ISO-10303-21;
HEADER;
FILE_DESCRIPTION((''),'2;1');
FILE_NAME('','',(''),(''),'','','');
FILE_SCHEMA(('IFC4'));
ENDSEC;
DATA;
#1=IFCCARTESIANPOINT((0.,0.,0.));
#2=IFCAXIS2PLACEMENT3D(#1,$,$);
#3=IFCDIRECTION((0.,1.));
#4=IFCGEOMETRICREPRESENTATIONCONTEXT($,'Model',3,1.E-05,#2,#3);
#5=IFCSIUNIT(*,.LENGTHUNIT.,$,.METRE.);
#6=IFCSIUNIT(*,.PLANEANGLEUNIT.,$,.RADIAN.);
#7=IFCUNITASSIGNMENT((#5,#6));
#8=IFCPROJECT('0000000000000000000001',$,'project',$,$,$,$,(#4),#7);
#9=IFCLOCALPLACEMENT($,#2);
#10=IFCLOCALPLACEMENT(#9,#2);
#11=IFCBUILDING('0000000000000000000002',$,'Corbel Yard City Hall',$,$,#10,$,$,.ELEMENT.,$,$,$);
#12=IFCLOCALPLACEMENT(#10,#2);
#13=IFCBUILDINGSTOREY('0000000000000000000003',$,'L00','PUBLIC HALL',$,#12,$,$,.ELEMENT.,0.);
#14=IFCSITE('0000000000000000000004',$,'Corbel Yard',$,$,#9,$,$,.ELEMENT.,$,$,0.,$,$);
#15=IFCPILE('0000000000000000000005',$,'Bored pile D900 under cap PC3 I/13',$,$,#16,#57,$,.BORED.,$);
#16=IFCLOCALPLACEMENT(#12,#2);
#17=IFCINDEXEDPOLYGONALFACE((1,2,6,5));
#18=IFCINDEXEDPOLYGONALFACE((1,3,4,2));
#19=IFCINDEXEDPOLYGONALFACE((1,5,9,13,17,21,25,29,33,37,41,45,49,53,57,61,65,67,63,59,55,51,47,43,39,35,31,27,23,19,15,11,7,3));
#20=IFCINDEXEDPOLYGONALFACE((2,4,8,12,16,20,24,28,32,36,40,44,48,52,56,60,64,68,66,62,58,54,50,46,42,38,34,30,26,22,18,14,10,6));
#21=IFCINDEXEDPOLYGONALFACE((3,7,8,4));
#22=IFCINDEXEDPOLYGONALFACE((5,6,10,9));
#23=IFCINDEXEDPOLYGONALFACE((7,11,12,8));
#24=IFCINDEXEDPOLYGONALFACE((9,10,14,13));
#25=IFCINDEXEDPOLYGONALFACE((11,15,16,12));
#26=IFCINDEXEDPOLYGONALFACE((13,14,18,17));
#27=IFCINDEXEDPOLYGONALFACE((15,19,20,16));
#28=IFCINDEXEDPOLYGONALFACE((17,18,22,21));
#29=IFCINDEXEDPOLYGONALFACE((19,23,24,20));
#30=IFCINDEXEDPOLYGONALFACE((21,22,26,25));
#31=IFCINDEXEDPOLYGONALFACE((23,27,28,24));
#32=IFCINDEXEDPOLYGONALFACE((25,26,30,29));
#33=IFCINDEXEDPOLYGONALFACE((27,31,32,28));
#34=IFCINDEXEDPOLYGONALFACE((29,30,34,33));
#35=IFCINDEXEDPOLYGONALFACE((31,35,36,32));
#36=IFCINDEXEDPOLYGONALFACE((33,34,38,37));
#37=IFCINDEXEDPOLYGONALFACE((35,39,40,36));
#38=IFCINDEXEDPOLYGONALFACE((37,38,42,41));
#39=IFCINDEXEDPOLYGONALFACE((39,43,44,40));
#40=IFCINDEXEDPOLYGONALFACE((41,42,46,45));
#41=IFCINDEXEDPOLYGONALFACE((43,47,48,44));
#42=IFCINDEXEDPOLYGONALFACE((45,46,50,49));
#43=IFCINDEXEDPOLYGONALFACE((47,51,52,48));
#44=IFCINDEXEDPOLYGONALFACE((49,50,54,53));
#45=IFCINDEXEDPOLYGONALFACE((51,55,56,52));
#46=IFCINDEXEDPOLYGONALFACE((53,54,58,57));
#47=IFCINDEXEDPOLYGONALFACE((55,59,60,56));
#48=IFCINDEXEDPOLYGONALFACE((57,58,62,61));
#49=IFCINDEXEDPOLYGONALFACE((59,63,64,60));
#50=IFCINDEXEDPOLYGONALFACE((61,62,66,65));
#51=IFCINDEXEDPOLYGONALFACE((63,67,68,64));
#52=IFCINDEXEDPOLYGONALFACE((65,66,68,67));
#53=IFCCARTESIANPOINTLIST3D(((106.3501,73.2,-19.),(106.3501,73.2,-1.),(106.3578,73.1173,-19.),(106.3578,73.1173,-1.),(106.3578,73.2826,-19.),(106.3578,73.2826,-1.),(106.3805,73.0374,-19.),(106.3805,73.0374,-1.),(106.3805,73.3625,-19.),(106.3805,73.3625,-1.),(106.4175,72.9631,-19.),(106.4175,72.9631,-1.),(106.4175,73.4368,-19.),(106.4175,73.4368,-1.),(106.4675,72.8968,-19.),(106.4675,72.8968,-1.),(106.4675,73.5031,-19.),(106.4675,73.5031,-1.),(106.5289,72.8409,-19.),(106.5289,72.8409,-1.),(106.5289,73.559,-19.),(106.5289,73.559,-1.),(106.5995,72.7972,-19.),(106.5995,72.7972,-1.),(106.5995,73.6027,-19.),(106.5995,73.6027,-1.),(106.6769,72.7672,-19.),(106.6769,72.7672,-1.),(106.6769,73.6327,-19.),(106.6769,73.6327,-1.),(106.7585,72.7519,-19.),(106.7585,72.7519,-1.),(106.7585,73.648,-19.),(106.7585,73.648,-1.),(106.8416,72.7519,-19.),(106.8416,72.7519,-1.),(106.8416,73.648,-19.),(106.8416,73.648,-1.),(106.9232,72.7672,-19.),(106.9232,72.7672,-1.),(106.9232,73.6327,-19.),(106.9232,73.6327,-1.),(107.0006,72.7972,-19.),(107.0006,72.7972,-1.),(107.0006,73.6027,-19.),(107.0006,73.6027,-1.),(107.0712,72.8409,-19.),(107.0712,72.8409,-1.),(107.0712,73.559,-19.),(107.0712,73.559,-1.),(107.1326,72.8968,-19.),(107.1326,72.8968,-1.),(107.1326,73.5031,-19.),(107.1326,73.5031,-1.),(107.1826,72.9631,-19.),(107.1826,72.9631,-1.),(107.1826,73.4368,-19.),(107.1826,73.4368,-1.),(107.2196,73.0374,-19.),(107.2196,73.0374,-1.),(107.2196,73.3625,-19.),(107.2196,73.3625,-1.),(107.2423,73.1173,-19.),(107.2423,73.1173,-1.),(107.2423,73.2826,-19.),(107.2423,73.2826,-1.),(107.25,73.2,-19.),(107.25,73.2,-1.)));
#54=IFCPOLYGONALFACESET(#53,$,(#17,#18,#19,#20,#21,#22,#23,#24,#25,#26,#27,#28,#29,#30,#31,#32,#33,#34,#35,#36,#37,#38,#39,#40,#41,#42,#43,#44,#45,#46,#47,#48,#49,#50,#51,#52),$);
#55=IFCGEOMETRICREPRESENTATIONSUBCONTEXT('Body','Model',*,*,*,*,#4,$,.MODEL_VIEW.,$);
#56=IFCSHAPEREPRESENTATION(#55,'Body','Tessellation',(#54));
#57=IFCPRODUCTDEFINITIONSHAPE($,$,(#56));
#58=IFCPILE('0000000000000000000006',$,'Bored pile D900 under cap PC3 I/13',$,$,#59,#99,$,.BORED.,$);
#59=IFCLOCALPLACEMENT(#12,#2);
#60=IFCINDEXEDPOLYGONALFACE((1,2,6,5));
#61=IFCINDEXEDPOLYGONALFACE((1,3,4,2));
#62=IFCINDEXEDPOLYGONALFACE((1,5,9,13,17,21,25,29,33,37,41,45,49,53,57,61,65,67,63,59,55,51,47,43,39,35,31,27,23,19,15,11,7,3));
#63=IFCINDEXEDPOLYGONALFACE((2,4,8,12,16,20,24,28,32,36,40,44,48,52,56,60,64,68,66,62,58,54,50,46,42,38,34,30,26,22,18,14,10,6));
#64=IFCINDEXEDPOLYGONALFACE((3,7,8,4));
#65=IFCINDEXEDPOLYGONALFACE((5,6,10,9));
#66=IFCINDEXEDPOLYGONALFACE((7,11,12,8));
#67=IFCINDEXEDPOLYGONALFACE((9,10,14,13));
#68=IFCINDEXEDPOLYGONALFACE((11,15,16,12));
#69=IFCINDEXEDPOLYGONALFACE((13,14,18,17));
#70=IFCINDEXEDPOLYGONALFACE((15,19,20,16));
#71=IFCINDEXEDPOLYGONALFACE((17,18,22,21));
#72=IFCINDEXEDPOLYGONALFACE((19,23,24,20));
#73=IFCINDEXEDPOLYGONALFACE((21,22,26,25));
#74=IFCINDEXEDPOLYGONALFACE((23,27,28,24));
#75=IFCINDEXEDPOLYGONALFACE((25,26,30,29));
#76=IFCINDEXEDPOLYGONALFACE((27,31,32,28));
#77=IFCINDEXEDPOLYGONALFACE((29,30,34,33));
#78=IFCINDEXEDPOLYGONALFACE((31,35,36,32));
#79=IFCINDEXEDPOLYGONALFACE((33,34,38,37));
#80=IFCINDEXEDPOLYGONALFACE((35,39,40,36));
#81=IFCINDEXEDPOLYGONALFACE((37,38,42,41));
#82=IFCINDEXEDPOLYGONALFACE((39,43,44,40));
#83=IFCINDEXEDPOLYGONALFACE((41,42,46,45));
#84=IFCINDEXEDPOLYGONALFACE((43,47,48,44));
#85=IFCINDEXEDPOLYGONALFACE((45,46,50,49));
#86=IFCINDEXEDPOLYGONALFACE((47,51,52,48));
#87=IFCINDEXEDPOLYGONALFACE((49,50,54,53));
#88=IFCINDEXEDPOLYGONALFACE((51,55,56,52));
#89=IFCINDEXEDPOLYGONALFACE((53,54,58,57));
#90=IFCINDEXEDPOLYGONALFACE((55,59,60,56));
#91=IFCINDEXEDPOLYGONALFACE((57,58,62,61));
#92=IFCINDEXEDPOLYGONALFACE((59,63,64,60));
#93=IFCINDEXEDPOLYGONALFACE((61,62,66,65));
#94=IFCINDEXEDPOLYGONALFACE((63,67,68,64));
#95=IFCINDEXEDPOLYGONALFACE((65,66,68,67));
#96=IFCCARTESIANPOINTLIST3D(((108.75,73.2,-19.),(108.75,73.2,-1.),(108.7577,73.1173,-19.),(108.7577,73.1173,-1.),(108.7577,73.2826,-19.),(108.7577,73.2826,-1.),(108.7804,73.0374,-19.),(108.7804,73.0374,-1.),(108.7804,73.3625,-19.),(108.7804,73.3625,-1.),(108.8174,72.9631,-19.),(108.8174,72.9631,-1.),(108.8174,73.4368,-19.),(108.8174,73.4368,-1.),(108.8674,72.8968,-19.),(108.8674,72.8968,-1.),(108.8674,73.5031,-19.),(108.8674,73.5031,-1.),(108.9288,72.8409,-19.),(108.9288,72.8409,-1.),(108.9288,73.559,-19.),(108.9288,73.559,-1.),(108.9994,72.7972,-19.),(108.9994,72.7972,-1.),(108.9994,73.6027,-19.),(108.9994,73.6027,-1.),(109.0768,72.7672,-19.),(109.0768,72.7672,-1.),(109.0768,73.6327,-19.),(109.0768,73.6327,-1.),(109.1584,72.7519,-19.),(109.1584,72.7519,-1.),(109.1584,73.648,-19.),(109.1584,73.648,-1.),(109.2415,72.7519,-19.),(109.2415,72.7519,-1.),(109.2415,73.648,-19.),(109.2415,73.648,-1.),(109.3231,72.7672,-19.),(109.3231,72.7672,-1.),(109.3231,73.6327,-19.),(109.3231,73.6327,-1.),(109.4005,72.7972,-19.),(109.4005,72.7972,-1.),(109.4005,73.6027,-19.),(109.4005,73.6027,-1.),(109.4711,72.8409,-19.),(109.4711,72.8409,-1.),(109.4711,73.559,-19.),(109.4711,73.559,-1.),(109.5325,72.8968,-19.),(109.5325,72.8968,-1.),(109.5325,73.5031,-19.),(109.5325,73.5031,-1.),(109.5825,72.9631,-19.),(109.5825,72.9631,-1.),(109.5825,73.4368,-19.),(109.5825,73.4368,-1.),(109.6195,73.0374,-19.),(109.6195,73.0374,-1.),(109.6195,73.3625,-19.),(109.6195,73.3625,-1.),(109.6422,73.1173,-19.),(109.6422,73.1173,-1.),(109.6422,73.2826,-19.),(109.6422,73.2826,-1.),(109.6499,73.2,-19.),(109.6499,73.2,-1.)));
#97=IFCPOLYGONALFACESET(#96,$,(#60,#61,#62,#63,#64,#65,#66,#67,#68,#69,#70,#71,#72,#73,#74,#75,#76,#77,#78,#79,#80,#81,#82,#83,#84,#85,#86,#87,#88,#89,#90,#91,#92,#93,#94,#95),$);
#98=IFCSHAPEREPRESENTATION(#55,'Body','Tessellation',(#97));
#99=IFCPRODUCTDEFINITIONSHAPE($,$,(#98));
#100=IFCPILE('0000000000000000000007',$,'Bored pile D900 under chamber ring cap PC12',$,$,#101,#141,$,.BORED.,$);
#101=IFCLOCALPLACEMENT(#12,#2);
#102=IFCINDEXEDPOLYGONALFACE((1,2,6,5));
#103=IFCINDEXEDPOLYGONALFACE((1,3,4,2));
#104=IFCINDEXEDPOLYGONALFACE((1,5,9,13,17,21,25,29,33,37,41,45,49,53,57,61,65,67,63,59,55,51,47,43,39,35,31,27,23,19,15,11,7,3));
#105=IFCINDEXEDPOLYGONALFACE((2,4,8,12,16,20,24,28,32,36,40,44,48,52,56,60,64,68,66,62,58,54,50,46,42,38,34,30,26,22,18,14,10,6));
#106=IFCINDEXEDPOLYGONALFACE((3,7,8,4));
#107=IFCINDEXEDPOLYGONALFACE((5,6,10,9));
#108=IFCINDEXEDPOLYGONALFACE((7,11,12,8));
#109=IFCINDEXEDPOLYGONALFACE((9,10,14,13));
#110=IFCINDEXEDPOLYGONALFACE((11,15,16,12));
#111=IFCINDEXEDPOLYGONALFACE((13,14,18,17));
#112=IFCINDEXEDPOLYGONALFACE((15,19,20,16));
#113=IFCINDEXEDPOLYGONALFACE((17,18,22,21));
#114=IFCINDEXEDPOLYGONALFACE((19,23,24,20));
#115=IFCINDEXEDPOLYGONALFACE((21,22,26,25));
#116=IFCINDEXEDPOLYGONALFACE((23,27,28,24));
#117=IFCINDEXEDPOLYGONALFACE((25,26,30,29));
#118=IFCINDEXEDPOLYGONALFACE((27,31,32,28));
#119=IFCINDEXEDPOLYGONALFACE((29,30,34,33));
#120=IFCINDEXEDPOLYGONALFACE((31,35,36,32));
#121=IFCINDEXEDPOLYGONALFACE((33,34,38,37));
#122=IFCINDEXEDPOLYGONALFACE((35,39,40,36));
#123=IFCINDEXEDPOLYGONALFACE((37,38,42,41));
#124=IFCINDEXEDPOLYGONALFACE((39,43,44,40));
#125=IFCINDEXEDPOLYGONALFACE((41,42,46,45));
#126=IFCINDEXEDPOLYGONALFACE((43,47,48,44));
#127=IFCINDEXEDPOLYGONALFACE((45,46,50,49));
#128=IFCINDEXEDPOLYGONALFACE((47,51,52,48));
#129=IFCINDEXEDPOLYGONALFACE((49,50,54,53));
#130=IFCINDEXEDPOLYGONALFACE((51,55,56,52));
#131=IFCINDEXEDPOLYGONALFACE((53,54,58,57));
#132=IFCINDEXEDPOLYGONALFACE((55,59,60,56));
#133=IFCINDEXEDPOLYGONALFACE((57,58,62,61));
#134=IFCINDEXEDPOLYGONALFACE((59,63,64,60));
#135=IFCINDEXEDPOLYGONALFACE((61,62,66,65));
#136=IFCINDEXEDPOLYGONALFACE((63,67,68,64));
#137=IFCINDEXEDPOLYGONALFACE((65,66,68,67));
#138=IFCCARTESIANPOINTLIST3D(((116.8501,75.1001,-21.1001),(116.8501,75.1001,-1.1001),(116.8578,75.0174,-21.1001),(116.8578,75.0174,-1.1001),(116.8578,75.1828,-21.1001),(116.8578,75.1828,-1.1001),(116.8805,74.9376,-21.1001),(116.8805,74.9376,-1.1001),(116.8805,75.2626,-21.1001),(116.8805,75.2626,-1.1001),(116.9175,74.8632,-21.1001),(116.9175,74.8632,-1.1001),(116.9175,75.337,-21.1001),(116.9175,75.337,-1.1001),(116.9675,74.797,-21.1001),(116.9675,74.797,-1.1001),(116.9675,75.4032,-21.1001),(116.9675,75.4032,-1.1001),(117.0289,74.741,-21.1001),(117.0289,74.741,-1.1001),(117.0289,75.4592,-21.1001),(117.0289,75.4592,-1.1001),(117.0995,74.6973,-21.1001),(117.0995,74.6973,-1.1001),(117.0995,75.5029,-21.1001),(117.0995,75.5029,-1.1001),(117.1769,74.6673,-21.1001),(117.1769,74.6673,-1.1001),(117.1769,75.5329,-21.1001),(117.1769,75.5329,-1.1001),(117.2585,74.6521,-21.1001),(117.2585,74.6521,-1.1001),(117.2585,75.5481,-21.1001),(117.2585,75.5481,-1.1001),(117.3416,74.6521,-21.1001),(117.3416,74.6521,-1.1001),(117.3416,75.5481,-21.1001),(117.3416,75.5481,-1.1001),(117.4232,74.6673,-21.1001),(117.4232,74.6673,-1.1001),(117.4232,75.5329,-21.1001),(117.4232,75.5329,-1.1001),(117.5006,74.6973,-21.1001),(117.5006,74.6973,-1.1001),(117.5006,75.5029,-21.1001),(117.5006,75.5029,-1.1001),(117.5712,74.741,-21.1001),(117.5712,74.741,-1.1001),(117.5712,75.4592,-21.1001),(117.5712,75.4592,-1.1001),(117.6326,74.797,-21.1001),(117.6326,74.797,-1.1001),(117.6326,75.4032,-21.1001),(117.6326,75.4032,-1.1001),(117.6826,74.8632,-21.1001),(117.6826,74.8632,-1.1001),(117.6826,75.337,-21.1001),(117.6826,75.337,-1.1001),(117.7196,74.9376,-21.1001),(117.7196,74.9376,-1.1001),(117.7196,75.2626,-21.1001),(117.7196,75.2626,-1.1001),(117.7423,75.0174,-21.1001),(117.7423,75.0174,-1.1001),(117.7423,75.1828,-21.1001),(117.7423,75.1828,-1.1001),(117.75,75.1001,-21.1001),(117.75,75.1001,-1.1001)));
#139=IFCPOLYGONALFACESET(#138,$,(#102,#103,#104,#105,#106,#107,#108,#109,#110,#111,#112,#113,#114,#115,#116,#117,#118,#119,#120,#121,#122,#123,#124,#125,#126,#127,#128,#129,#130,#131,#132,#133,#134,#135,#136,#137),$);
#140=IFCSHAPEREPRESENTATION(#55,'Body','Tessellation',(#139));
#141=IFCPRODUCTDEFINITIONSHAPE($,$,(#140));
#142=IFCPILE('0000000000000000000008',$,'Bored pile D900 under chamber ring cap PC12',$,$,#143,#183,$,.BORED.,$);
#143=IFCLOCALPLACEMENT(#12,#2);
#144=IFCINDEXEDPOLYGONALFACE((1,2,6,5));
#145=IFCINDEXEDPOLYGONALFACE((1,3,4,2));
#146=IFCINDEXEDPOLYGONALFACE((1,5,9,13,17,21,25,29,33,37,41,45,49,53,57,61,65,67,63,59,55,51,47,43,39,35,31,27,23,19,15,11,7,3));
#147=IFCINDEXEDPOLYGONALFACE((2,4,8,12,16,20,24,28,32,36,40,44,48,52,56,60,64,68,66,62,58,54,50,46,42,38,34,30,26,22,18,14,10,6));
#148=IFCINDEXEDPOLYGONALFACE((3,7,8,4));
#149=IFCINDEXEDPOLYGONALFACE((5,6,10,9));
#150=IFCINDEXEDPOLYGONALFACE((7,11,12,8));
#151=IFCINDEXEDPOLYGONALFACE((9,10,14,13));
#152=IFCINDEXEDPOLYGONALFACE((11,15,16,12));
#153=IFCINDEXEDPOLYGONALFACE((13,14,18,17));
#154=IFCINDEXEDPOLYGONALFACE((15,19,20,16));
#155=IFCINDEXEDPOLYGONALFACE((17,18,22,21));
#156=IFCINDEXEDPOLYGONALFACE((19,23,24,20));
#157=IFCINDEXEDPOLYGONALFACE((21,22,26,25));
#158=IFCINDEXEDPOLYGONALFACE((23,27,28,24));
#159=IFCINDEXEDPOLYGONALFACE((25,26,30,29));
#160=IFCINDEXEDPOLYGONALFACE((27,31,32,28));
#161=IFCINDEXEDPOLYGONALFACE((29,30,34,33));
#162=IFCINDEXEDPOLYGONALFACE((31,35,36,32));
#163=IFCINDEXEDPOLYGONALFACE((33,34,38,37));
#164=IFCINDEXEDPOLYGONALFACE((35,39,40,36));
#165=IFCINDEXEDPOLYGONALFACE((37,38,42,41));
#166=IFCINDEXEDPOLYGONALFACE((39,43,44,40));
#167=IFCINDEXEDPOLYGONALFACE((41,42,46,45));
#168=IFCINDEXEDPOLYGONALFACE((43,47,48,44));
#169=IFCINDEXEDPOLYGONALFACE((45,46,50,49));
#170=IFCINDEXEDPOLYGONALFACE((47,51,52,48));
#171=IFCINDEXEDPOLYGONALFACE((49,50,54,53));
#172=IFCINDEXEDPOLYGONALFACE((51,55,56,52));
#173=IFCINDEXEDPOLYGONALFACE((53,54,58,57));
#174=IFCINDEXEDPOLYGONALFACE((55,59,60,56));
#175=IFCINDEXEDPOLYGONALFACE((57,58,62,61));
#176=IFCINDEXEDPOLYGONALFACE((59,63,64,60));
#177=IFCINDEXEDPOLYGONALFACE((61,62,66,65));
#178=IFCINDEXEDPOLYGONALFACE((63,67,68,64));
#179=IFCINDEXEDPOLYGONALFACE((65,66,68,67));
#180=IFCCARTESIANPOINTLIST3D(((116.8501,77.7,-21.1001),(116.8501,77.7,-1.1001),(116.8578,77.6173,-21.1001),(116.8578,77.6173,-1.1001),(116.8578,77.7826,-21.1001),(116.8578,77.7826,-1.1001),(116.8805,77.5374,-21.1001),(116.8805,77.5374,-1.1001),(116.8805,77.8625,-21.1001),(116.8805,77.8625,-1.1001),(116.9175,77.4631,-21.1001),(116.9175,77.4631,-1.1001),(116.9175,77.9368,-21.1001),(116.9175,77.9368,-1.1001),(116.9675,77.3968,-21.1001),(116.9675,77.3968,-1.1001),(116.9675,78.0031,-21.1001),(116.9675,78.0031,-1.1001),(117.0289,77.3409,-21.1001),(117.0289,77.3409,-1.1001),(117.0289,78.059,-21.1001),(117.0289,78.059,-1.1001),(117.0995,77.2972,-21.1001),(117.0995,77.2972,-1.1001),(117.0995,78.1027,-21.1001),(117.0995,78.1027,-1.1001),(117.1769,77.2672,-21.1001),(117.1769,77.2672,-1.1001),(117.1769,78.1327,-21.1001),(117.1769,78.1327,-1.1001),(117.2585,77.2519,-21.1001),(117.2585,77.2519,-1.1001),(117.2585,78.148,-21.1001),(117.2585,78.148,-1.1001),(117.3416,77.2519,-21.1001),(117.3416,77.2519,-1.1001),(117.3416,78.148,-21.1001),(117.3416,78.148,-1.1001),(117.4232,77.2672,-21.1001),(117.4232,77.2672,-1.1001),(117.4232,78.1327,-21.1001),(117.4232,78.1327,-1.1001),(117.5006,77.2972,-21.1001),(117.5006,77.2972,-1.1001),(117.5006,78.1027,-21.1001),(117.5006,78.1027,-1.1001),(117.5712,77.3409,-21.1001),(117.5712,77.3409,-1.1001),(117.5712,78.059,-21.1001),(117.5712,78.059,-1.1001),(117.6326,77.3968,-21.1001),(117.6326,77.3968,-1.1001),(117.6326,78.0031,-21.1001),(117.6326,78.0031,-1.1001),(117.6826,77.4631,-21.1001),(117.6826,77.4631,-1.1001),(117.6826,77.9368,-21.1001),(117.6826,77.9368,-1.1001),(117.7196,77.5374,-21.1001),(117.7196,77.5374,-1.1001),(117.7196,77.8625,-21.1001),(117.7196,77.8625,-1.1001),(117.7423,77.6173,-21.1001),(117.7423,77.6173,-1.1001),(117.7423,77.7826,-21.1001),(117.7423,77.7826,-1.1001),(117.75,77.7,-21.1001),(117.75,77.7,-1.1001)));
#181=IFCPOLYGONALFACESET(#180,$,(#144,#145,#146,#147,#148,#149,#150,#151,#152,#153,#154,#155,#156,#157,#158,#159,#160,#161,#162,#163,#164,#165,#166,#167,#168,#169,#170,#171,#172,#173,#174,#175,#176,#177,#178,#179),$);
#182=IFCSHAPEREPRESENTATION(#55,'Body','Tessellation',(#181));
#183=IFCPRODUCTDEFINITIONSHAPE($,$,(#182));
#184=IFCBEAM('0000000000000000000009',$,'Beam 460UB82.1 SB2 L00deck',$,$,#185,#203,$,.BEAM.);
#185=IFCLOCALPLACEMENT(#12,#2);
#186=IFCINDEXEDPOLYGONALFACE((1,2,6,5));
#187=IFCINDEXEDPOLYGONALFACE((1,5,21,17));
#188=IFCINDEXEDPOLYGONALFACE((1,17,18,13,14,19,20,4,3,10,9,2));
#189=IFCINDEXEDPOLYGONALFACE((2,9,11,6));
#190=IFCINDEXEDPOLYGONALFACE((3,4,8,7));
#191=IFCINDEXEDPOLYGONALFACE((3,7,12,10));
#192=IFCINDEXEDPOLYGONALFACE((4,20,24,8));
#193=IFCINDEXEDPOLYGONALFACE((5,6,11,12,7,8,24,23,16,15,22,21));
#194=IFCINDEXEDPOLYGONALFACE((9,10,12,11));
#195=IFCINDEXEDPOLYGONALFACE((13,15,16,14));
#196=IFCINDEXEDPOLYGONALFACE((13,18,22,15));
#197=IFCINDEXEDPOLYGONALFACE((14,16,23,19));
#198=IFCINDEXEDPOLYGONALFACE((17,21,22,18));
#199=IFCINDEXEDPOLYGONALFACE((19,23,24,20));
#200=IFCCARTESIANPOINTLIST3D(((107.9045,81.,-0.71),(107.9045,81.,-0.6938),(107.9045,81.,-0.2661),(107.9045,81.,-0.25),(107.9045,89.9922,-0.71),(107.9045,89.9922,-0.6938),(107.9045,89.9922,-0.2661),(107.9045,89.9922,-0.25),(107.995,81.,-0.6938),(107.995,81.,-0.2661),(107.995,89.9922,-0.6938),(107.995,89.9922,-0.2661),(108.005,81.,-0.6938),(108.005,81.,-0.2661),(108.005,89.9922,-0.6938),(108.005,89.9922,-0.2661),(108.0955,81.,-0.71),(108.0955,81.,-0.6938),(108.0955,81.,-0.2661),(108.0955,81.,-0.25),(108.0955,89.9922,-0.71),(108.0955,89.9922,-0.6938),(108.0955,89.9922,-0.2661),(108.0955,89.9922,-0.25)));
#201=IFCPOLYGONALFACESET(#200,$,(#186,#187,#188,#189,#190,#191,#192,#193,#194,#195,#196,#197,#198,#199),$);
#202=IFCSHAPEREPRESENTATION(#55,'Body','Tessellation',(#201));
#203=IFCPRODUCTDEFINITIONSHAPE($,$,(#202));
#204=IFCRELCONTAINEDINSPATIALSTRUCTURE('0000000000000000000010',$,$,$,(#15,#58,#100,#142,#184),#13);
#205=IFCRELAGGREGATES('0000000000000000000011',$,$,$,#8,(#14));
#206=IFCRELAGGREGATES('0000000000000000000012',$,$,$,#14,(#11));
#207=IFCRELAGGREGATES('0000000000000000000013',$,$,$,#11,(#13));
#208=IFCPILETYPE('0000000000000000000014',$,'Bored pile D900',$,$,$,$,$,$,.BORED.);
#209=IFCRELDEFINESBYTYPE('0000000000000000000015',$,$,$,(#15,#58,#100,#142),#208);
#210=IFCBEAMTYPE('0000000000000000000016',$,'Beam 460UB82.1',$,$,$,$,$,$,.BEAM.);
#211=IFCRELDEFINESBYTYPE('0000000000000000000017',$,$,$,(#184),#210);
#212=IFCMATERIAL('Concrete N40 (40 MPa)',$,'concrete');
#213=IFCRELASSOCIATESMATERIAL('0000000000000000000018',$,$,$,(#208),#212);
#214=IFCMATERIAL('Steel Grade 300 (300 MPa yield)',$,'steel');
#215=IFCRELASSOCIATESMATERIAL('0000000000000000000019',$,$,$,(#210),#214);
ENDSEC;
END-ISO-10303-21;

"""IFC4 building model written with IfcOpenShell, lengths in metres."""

from ifc_helpers import new_model, si_unit, direction, frame, origin, origin_2d, place, context, subcontext, project, spatial, circle, i_section, extrude, material, material_profile, profile_set, type_object, element, save


model = new_model("IFC4")

# Units and contexts
model_context = context("Model", 3, precision=1e-05, world=origin(), true_north=direction((0.0, 1.0)))
body_context = subcontext(model_context, "Body", "Model", "MODEL_VIEW")
ifc_project = project(units=[si_unit("LENGTHUNIT", "METRE"), si_unit("PLANEANGLEUNIT", "RADIAN")], contexts=[model_context])

# Site, building, storey
site_placement = place(None, origin())
site = spatial("IfcSite", under=ifc_project, at=site_placement, Name="Corbel Yard", CompositionType="ELEMENT", RefElevation=0.0)
building_placement = place(site_placement, origin())
building = spatial("IfcBuilding", under=site, at=building_placement, Name="Corbel Yard City Hall", CompositionType="ELEMENT")
storey_placement = place(building_placement, origin())
storey = spatial("IfcBuildingStorey", under=building, at=storey_placement, Name="L00", Description="PUBLIC HALL", CompositionType="ELEMENT", Elevation=0.0)

# Piles
ifc_material_1 = material(Name="Concrete N40 (40 MPa)", Category="concrete")
ifc_material_profile_1 = material_profile(ifc_material_1, circle(Radius=0.45, at=origin_2d()), Name="D900")
ifc_profile_set_1 = profile_set([ifc_material_profile_1], Name="Concrete N40 (40 MPa)")
pile_type = type_object("IfcPileType", Name="Bored pile D900", PredefinedType="BORED", material=ifc_profile_set_1)
for number, where, z_axis, x_axis, name in (
    (1, (106.8, 73.2, -1.0), (0.0, 0.0, -1.0), (1.0, 0.0, 0.0), "Bored pile D900 under cap PC3 I/13"),
    (2, (109.2, 73.2, -1.0), (0.0, 0.0, -1.0), (1.0, 0.0, 0.0), "Bored pile D900 under cap PC3 I/13"),
):
    element("IfcPile", number, at=place(storey_placement, frame(where, z_axis=z_axis, x_axis=x_axis)), inside=storey, type_object=pile_type, Name=name, PredefinedType="BORED", context=body_context, shape_type="SweptSolid", body=[
        extrude(circle(Radius=0.45, at=origin_2d()), origin(), (0.0, 0.0, 1.0), 18.0),
    ])
for number, where, z_axis, x_axis, name in (
    (3, (117.3, 75.1001, -1.1001), (0.0, 0.0, -1.0), (1.0, 0.0, 0.0), "Bored pile D900 under chamber ring cap PC12"),
    (4, (117.3, 77.7, -1.1001), (0.0, 0.0, -1.0), (1.0, 0.0, 0.0), "Bored pile D900 under chamber ring cap PC12"),
):
    element("IfcPile", number, at=place(storey_placement, frame(where, z_axis=z_axis, x_axis=x_axis)), inside=storey, type_object=pile_type, Name=name, PredefinedType="BORED", context=body_context, shape_type="SweptSolid", body=[
        extrude(circle(Radius=0.45, at=origin_2d()), origin(), (0.0, 0.0, 1.0), 20.0),
    ])

# Beam
ifc_material_2 = material(Name="Steel Grade 300 (300 MPa yield)", Category="steel")
ifc_material_profile_2 = material_profile(ifc_material_2, i_section(OverallWidth=0.1909, OverallDepth=0.46, WebThickness=0.01, FlangeThickness=0.0161, at=origin_2d()), Name="460UB82.1")
ifc_profile_set_2 = profile_set([ifc_material_profile_2], Name="Steel Grade 300 (300 MPa yield)")
beam_type_1 = type_object("IfcBeamType", Name="Beam 460UB82.1", PredefinedType="BEAM", material=ifc_profile_set_2)
beam_1_placement = place(storey_placement, frame((108.0, 81.0, -0.48), z_axis=(0.0, 1.0, 0.0), x_axis=(-1.0, 0.0, 0.0)))
element("IfcBeam", 5, at=beam_1_placement, inside=storey, type_object=beam_type_1, Name="Beam 460UB82.1 SB2 L00deck", PredefinedType="BEAM", context=body_context, shape_type="SweptSolid", body=[
    extrude(i_section(OverallWidth=0.1909, OverallDepth=0.46, WebThickness=0.01, FlangeThickness=0.0161, at=origin_2d()), origin(), (0.0, 0.0, 1.0), 8.9922),
])

save(model, "model.ifc")
